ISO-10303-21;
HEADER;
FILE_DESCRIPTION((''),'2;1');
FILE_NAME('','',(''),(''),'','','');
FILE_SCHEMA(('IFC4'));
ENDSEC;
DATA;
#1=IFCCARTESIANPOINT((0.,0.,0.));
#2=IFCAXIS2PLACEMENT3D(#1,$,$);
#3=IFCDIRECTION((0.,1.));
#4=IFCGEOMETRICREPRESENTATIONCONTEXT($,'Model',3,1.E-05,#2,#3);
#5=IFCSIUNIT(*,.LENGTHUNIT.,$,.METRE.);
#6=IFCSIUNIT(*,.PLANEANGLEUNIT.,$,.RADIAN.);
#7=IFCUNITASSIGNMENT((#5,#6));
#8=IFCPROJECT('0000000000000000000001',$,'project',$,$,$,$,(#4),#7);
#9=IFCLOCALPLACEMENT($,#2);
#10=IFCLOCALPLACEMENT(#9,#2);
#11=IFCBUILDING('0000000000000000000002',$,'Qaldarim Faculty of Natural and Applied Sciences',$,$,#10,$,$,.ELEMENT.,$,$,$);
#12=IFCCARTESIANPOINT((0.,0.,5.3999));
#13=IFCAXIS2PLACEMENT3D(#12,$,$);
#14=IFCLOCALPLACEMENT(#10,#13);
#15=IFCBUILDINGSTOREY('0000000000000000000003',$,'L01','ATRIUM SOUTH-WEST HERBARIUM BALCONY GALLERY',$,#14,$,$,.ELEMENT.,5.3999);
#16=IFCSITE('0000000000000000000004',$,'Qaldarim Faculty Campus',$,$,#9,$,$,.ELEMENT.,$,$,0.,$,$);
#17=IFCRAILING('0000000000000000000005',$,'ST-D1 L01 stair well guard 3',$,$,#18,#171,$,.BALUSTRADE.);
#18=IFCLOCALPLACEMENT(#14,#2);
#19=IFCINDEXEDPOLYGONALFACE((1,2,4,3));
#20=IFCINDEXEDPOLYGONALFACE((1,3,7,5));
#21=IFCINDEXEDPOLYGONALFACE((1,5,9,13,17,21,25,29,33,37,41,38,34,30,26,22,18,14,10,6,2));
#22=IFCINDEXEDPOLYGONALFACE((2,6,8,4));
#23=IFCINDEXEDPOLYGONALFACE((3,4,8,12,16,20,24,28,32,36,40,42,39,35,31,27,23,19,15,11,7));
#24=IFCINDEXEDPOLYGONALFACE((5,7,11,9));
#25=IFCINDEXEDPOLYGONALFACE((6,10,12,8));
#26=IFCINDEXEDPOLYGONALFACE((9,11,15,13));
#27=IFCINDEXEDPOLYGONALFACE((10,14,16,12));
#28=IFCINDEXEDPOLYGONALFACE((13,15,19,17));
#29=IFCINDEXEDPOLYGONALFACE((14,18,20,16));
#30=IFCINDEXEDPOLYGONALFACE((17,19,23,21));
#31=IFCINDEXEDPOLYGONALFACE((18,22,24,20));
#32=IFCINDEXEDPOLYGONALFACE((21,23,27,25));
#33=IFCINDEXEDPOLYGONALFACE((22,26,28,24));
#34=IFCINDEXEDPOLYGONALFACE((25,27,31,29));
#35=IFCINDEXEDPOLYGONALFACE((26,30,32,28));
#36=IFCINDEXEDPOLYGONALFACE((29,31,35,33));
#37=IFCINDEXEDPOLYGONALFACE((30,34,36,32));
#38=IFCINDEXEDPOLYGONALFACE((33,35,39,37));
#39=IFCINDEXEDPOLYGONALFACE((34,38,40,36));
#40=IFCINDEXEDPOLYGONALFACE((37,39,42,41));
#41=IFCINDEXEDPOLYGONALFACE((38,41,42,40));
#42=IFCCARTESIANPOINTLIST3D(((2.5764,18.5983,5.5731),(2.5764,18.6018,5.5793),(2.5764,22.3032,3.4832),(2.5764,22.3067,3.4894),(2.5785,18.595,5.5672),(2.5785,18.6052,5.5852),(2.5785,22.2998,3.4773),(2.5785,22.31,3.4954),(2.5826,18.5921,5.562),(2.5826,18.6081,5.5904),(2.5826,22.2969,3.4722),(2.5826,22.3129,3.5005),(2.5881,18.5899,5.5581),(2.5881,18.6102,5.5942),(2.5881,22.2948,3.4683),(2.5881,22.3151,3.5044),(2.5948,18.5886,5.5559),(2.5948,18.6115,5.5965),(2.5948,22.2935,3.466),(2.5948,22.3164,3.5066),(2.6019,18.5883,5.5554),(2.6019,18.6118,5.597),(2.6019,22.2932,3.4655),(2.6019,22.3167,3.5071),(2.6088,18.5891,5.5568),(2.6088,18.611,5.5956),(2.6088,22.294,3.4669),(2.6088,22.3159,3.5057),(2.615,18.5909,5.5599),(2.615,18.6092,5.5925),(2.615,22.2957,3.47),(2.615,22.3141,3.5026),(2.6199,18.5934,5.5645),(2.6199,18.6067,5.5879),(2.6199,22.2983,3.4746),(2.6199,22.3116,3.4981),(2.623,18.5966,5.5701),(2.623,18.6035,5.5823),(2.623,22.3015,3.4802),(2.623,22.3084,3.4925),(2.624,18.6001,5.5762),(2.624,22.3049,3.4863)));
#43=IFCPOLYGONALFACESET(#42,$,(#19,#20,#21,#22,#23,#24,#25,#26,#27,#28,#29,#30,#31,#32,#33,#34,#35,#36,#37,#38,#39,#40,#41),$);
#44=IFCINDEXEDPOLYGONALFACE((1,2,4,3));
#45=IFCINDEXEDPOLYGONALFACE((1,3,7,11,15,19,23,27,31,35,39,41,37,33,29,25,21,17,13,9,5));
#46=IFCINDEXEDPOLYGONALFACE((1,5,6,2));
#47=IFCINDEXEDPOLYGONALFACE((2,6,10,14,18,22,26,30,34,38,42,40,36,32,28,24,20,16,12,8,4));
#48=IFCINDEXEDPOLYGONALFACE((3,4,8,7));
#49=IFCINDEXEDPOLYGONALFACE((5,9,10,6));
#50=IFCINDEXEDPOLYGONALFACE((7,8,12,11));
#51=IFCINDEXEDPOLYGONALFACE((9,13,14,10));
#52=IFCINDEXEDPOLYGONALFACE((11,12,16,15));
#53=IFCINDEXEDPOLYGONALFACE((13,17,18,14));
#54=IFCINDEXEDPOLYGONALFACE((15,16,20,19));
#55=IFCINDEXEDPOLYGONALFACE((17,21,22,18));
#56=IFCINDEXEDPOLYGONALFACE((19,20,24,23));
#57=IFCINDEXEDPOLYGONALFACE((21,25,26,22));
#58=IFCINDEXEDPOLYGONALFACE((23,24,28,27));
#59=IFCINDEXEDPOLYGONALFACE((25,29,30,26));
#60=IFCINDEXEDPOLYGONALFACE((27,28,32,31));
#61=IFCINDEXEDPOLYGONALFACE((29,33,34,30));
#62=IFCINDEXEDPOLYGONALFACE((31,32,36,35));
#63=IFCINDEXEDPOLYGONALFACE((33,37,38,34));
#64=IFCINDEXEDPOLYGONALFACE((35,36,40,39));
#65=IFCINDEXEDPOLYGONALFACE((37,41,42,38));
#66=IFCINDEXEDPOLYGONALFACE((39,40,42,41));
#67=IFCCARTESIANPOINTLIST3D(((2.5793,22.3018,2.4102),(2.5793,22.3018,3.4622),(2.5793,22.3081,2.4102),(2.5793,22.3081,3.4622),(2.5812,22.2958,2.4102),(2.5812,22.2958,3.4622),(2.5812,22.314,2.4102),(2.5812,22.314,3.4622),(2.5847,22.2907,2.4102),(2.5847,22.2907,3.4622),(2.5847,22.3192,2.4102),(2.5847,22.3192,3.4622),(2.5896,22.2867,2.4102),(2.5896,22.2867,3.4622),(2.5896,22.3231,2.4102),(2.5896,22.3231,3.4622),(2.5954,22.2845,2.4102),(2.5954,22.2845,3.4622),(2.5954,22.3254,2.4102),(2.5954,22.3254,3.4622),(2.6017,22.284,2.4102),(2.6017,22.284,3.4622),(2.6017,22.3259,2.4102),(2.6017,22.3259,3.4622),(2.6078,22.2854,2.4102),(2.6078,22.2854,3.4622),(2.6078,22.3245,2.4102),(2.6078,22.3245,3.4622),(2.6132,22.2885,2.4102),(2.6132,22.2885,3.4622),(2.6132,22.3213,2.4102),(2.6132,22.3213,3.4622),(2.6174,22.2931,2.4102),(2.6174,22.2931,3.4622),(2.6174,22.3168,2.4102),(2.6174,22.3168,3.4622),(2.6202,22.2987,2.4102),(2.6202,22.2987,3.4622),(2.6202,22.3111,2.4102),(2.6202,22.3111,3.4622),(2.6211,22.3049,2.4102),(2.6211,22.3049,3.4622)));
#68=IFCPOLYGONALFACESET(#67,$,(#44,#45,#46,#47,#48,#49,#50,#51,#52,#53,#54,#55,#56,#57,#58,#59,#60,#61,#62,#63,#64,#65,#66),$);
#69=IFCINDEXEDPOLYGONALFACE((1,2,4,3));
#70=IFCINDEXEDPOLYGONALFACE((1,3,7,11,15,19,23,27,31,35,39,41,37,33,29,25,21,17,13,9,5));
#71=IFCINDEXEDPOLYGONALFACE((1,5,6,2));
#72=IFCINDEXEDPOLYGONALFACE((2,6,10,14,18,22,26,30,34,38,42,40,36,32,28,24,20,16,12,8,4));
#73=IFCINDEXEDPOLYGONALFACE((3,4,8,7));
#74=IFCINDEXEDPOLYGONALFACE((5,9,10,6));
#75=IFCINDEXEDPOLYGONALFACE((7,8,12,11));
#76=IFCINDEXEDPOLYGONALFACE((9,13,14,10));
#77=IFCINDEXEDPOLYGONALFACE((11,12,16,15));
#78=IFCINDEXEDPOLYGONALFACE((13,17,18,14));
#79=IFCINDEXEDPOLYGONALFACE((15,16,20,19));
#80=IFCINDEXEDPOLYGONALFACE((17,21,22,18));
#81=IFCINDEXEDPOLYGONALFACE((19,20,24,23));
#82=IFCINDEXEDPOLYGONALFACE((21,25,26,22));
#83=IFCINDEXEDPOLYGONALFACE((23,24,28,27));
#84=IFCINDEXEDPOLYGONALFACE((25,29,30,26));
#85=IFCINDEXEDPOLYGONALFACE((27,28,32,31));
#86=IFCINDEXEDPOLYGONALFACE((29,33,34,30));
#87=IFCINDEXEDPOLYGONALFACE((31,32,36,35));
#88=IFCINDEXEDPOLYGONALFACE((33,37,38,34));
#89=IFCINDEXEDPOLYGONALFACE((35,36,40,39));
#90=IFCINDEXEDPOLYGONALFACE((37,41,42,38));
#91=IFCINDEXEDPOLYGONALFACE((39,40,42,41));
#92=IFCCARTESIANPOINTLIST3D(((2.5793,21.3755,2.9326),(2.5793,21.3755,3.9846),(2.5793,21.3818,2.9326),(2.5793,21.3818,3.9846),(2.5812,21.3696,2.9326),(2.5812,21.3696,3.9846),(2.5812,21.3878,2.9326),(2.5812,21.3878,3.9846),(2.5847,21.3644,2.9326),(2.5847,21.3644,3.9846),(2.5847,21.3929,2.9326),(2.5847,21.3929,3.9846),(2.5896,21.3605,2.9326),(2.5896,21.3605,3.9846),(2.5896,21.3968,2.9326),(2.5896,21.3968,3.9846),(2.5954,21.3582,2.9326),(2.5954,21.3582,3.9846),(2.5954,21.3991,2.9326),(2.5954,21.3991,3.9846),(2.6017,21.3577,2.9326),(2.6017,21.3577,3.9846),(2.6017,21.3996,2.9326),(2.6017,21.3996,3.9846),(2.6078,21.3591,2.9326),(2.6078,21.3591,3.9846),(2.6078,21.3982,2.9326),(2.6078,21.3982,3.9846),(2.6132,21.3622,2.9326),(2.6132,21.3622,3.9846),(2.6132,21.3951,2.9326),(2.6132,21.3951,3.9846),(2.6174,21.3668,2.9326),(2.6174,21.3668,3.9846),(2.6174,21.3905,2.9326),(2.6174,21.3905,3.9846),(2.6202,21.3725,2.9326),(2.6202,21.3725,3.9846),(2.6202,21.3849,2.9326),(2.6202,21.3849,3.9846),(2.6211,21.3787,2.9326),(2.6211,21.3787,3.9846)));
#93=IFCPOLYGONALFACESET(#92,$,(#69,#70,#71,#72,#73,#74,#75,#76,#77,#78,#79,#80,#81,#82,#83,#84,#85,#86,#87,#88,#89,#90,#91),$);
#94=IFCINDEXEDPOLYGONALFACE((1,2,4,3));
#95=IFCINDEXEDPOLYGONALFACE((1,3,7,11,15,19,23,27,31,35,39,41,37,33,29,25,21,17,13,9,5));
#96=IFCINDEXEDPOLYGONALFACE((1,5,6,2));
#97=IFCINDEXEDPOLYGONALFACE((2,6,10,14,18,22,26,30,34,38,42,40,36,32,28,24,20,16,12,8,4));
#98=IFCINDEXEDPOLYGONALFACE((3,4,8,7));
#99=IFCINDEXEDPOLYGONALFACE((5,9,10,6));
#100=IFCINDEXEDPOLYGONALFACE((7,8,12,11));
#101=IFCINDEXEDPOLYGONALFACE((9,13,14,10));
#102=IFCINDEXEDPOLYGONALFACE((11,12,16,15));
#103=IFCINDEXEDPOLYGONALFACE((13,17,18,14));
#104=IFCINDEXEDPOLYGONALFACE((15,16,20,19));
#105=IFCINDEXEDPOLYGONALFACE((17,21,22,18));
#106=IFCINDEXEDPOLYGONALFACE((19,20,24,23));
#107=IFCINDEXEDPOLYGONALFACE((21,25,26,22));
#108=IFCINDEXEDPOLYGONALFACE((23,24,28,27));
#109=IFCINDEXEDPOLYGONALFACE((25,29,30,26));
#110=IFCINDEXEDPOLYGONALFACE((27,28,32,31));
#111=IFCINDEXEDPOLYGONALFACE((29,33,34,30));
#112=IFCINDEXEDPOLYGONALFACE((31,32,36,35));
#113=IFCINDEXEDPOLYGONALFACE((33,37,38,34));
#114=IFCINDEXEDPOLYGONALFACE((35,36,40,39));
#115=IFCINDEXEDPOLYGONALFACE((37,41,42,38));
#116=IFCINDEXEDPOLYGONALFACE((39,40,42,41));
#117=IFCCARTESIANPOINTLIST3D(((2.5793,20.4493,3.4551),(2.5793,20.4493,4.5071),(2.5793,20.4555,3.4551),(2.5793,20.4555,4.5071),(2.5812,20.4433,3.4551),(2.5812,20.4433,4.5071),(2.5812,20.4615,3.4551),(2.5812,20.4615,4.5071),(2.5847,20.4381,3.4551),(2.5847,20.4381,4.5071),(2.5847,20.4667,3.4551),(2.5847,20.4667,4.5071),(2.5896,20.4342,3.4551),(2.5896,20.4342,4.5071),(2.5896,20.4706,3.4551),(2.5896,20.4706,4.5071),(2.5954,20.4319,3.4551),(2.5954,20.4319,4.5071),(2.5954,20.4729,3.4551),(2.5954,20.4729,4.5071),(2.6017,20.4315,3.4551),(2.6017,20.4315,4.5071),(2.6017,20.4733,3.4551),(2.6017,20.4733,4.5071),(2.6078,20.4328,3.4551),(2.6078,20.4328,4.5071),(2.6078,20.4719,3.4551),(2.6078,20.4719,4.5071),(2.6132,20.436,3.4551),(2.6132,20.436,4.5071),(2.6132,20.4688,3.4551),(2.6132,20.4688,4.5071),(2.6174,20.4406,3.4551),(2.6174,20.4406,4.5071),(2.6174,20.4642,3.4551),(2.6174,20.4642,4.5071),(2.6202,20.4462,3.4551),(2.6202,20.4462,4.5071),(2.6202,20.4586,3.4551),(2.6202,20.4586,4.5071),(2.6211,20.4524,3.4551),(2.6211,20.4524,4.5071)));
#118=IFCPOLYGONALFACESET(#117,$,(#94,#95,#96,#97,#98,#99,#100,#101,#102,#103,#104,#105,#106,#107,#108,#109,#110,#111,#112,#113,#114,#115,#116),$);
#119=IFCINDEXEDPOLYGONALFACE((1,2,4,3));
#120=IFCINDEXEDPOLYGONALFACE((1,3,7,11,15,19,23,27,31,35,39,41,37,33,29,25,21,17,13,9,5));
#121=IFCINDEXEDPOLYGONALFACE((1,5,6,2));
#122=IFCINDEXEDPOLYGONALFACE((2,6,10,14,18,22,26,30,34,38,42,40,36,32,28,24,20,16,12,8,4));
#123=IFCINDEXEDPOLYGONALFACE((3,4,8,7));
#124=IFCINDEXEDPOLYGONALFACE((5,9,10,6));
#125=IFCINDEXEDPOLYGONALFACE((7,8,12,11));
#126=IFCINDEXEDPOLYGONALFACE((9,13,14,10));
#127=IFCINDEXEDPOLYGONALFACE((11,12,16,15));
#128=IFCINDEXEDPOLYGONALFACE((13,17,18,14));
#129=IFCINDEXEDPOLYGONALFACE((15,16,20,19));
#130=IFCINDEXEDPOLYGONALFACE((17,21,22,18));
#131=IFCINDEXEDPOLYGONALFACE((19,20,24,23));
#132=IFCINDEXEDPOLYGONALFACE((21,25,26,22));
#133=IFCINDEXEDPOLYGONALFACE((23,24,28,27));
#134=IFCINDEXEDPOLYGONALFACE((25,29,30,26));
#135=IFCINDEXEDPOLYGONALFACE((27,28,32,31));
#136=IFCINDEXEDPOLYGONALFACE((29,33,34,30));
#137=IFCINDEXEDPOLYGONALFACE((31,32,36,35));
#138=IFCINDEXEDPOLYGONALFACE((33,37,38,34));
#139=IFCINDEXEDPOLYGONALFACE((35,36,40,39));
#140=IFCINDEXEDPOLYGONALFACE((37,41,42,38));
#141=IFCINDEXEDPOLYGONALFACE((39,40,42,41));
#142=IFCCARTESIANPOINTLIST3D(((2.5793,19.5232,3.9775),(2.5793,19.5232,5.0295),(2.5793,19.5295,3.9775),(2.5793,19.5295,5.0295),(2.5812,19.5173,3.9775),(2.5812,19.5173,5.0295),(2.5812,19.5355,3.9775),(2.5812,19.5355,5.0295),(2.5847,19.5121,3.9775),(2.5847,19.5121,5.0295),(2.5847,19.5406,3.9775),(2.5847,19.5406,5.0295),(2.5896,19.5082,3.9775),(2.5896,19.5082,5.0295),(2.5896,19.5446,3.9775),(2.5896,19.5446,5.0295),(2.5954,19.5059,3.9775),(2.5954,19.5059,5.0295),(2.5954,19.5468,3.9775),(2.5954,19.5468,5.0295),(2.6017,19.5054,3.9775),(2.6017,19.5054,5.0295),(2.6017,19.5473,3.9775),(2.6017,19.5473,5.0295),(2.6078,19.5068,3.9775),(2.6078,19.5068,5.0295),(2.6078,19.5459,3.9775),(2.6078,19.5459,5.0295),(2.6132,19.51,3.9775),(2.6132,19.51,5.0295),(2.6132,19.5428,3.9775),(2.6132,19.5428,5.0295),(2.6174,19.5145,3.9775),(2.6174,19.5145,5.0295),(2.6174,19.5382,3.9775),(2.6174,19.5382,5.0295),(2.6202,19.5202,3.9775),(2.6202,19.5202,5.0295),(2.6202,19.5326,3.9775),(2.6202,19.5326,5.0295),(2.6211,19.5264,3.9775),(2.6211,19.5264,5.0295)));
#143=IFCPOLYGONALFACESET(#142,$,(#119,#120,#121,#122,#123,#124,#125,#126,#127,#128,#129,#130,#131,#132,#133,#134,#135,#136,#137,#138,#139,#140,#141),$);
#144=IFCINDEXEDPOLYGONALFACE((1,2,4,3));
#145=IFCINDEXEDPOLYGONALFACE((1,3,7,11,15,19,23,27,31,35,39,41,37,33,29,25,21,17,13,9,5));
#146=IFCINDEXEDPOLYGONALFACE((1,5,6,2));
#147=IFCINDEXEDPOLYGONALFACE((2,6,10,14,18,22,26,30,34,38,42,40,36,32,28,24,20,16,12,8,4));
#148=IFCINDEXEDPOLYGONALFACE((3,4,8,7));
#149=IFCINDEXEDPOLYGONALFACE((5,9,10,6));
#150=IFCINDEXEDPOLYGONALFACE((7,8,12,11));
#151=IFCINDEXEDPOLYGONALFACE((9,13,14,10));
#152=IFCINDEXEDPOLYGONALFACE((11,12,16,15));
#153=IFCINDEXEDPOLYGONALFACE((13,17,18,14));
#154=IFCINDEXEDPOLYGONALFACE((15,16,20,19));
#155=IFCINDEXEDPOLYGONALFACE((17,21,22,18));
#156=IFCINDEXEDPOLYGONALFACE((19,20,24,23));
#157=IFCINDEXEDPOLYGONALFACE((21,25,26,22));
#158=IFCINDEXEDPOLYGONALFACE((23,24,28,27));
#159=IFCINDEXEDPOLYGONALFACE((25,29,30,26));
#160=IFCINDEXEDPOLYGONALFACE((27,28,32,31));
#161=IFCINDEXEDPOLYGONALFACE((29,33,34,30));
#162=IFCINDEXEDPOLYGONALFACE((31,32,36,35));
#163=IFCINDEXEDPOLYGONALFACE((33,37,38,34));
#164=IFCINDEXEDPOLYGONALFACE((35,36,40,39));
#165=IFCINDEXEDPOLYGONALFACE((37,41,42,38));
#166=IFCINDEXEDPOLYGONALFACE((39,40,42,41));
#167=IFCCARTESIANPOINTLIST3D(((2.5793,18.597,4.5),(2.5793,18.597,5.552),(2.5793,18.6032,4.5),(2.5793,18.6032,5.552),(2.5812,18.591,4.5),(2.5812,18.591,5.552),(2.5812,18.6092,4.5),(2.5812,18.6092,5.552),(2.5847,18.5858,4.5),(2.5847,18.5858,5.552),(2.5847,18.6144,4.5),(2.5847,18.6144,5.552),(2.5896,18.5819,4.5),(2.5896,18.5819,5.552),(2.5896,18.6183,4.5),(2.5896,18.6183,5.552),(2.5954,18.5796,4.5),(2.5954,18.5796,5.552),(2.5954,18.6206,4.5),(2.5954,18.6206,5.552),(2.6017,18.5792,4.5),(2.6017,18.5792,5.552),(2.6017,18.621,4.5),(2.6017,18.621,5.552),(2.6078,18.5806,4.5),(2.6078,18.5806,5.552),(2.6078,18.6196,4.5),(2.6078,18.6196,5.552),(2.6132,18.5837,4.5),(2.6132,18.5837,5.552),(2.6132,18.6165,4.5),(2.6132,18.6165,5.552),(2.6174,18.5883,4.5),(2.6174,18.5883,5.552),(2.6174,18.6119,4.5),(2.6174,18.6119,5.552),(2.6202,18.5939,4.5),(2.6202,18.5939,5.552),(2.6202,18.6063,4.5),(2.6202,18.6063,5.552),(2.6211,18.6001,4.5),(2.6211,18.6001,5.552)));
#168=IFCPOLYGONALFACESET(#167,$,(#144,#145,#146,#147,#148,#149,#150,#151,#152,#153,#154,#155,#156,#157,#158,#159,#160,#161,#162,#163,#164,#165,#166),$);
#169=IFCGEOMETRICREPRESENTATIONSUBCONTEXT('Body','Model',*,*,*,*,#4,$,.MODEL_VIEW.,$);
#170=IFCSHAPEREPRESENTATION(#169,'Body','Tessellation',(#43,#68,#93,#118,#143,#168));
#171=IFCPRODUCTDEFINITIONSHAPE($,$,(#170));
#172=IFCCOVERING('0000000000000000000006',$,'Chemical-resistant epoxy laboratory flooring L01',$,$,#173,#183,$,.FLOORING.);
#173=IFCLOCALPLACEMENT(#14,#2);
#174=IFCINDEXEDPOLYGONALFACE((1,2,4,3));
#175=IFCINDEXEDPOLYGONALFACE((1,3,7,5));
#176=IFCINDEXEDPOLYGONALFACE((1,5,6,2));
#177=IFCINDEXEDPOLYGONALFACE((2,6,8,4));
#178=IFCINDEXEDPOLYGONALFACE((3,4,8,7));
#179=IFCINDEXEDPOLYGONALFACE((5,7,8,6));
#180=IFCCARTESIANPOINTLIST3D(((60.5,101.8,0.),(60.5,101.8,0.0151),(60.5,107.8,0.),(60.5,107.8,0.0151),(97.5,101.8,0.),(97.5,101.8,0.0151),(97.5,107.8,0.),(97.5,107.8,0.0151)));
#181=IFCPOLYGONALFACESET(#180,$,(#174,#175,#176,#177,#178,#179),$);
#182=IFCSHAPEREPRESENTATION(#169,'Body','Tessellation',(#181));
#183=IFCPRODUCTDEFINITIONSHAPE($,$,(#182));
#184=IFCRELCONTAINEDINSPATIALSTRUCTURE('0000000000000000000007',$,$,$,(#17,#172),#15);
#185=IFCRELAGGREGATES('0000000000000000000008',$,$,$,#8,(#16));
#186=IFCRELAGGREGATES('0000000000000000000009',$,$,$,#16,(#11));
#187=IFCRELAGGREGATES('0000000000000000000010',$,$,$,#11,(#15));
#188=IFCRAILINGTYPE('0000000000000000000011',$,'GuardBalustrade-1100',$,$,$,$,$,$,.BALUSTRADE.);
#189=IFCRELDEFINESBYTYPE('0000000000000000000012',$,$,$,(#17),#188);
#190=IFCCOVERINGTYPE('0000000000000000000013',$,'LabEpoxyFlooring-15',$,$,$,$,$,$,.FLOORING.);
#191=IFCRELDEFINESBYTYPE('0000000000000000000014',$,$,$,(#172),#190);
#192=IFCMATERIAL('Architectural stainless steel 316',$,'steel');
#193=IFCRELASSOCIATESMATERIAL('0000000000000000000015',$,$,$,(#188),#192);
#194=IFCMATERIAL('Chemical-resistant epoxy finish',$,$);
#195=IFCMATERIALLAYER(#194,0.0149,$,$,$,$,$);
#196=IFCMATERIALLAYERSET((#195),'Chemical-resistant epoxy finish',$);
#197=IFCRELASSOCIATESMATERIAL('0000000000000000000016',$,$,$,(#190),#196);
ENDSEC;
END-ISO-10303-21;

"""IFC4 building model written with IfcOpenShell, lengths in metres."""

from ifc_helpers import new_model, si_unit, direction, frame, origin, origin_2d, place, context, subcontext, project, spatial, polyline, circle, outline, extrude, material, layer, layer_set, type_object, element, save


model = new_model("IFC4")

# Units and contexts
model_context = context("Model", 3, precision=1e-05, world=origin(), true_north=direction((0.0, 1.0)))
body_context = subcontext(model_context, "Body", "Model", "MODEL_VIEW")
ifc_project = project(units=[si_unit("LENGTHUNIT", "METRE"), si_unit("PLANEANGLEUNIT", "RADIAN")], contexts=[model_context])

# Site, building, storey
site_placement = place(None, origin())
site = spatial("IfcSite", under=ifc_project, at=site_placement, Name="Qaldarim Faculty Campus", CompositionType="ELEMENT", RefElevation=0.0)
building_placement = place(site_placement, origin())
building = spatial("IfcBuilding", under=site, at=building_placement, Name="Qaldarim Faculty of Natural and Applied Sciences", CompositionType="ELEMENT")
storey_placement = place(building_placement, frame((0.0, 0.0, 5.3999)))
storey = spatial("IfcBuildingStorey", under=building, at=storey_placement, Name="L01", Description="ATRIUM SOUTH-WEST HERBARIUM BALCONY GALLERY", CompositionType="ELEMENT", Elevation=5.3999)

# Railing
ifc_material_1 = material(Name="Architectural stainless steel 316", Category="steel")
railing_type_1 = type_object("IfcRailingType", Name="GuardBalustrade-1100", PredefinedType="BALUSTRADE", material=ifc_material_1)
railing_1_placement = place(storey_placement, frame((2.6001, 22.3049, 2.4102)))
element("IfcRailing", 1, at=railing_1_placement, inside=storey, type_object=railing_type_1, Name="ST-D1 L01 stair well guard 3", PredefinedType="BALUSTRADE", context=body_context, shape_type="SweptSolid", body=[
    extrude(circle(Radius=0.0239, at=origin_2d()), frame((0.0, 0.0, 1.0762), z_axis=(0.0, -0.870985, 0.49131), x_axis=(1.0, 0.0, 0.0)), (0.0, 0.0, 1.0), 4.2537),
    extrude(circle(Radius=0.021, at=origin_2d()), origin(), (0.0, 0.0, 1.0), 1.052),
    extrude(circle(Radius=0.021, at=origin_2d()), frame((0.0, -0.9263, 0.5225)), (0.0, 0.0, 1.0), 1.052),
    extrude(circle(Radius=0.021, at=origin_2d()), frame((0.0, -1.8525, 1.0449)), (0.0, 0.0, 1.0), 1.052),
    extrude(circle(Radius=0.021, at=origin_2d()), frame((0.0, -2.7786, 1.5674)), (0.0, 0.0, 1.0), 1.052),
    extrude(circle(Radius=0.021, at=origin_2d()), frame((0.0, -3.7048, 2.0898)), (0.0, 0.0, 1.0), 1.052),
])

# Covering
ifc_material_2 = material(Name="Chemical-resistant epoxy finish")
ifc_layer_1 = layer(ifc_material_2, 0.0149)
ifc_layer_set_1 = layer_set([ifc_layer_1], Name="Chemical-resistant epoxy finish")
covering_type_1 = type_object("IfcCoveringType", Name="LabEpoxyFlooring-15", PredefinedType="FLOORING", material=ifc_layer_set_1)
covering_1_placement = place(storey_placement, origin())
element("IfcCovering", 2, at=covering_1_placement, inside=storey, type_object=covering_type_1, Name="Chemical-resistant epoxy laboratory flooring L01", PredefinedType="FLOORING", context=body_context, shape_type="SweptSolid", body=[
    extrude(outline(polyline([(60.5, 101.8), (97.5, 101.8), (97.5, 107.8), (60.5, 107.8), (60.5, 101.8)])), origin(), (0.0, 0.0, 1.0), 0.0151),
])

save(model, "model.ifc")
